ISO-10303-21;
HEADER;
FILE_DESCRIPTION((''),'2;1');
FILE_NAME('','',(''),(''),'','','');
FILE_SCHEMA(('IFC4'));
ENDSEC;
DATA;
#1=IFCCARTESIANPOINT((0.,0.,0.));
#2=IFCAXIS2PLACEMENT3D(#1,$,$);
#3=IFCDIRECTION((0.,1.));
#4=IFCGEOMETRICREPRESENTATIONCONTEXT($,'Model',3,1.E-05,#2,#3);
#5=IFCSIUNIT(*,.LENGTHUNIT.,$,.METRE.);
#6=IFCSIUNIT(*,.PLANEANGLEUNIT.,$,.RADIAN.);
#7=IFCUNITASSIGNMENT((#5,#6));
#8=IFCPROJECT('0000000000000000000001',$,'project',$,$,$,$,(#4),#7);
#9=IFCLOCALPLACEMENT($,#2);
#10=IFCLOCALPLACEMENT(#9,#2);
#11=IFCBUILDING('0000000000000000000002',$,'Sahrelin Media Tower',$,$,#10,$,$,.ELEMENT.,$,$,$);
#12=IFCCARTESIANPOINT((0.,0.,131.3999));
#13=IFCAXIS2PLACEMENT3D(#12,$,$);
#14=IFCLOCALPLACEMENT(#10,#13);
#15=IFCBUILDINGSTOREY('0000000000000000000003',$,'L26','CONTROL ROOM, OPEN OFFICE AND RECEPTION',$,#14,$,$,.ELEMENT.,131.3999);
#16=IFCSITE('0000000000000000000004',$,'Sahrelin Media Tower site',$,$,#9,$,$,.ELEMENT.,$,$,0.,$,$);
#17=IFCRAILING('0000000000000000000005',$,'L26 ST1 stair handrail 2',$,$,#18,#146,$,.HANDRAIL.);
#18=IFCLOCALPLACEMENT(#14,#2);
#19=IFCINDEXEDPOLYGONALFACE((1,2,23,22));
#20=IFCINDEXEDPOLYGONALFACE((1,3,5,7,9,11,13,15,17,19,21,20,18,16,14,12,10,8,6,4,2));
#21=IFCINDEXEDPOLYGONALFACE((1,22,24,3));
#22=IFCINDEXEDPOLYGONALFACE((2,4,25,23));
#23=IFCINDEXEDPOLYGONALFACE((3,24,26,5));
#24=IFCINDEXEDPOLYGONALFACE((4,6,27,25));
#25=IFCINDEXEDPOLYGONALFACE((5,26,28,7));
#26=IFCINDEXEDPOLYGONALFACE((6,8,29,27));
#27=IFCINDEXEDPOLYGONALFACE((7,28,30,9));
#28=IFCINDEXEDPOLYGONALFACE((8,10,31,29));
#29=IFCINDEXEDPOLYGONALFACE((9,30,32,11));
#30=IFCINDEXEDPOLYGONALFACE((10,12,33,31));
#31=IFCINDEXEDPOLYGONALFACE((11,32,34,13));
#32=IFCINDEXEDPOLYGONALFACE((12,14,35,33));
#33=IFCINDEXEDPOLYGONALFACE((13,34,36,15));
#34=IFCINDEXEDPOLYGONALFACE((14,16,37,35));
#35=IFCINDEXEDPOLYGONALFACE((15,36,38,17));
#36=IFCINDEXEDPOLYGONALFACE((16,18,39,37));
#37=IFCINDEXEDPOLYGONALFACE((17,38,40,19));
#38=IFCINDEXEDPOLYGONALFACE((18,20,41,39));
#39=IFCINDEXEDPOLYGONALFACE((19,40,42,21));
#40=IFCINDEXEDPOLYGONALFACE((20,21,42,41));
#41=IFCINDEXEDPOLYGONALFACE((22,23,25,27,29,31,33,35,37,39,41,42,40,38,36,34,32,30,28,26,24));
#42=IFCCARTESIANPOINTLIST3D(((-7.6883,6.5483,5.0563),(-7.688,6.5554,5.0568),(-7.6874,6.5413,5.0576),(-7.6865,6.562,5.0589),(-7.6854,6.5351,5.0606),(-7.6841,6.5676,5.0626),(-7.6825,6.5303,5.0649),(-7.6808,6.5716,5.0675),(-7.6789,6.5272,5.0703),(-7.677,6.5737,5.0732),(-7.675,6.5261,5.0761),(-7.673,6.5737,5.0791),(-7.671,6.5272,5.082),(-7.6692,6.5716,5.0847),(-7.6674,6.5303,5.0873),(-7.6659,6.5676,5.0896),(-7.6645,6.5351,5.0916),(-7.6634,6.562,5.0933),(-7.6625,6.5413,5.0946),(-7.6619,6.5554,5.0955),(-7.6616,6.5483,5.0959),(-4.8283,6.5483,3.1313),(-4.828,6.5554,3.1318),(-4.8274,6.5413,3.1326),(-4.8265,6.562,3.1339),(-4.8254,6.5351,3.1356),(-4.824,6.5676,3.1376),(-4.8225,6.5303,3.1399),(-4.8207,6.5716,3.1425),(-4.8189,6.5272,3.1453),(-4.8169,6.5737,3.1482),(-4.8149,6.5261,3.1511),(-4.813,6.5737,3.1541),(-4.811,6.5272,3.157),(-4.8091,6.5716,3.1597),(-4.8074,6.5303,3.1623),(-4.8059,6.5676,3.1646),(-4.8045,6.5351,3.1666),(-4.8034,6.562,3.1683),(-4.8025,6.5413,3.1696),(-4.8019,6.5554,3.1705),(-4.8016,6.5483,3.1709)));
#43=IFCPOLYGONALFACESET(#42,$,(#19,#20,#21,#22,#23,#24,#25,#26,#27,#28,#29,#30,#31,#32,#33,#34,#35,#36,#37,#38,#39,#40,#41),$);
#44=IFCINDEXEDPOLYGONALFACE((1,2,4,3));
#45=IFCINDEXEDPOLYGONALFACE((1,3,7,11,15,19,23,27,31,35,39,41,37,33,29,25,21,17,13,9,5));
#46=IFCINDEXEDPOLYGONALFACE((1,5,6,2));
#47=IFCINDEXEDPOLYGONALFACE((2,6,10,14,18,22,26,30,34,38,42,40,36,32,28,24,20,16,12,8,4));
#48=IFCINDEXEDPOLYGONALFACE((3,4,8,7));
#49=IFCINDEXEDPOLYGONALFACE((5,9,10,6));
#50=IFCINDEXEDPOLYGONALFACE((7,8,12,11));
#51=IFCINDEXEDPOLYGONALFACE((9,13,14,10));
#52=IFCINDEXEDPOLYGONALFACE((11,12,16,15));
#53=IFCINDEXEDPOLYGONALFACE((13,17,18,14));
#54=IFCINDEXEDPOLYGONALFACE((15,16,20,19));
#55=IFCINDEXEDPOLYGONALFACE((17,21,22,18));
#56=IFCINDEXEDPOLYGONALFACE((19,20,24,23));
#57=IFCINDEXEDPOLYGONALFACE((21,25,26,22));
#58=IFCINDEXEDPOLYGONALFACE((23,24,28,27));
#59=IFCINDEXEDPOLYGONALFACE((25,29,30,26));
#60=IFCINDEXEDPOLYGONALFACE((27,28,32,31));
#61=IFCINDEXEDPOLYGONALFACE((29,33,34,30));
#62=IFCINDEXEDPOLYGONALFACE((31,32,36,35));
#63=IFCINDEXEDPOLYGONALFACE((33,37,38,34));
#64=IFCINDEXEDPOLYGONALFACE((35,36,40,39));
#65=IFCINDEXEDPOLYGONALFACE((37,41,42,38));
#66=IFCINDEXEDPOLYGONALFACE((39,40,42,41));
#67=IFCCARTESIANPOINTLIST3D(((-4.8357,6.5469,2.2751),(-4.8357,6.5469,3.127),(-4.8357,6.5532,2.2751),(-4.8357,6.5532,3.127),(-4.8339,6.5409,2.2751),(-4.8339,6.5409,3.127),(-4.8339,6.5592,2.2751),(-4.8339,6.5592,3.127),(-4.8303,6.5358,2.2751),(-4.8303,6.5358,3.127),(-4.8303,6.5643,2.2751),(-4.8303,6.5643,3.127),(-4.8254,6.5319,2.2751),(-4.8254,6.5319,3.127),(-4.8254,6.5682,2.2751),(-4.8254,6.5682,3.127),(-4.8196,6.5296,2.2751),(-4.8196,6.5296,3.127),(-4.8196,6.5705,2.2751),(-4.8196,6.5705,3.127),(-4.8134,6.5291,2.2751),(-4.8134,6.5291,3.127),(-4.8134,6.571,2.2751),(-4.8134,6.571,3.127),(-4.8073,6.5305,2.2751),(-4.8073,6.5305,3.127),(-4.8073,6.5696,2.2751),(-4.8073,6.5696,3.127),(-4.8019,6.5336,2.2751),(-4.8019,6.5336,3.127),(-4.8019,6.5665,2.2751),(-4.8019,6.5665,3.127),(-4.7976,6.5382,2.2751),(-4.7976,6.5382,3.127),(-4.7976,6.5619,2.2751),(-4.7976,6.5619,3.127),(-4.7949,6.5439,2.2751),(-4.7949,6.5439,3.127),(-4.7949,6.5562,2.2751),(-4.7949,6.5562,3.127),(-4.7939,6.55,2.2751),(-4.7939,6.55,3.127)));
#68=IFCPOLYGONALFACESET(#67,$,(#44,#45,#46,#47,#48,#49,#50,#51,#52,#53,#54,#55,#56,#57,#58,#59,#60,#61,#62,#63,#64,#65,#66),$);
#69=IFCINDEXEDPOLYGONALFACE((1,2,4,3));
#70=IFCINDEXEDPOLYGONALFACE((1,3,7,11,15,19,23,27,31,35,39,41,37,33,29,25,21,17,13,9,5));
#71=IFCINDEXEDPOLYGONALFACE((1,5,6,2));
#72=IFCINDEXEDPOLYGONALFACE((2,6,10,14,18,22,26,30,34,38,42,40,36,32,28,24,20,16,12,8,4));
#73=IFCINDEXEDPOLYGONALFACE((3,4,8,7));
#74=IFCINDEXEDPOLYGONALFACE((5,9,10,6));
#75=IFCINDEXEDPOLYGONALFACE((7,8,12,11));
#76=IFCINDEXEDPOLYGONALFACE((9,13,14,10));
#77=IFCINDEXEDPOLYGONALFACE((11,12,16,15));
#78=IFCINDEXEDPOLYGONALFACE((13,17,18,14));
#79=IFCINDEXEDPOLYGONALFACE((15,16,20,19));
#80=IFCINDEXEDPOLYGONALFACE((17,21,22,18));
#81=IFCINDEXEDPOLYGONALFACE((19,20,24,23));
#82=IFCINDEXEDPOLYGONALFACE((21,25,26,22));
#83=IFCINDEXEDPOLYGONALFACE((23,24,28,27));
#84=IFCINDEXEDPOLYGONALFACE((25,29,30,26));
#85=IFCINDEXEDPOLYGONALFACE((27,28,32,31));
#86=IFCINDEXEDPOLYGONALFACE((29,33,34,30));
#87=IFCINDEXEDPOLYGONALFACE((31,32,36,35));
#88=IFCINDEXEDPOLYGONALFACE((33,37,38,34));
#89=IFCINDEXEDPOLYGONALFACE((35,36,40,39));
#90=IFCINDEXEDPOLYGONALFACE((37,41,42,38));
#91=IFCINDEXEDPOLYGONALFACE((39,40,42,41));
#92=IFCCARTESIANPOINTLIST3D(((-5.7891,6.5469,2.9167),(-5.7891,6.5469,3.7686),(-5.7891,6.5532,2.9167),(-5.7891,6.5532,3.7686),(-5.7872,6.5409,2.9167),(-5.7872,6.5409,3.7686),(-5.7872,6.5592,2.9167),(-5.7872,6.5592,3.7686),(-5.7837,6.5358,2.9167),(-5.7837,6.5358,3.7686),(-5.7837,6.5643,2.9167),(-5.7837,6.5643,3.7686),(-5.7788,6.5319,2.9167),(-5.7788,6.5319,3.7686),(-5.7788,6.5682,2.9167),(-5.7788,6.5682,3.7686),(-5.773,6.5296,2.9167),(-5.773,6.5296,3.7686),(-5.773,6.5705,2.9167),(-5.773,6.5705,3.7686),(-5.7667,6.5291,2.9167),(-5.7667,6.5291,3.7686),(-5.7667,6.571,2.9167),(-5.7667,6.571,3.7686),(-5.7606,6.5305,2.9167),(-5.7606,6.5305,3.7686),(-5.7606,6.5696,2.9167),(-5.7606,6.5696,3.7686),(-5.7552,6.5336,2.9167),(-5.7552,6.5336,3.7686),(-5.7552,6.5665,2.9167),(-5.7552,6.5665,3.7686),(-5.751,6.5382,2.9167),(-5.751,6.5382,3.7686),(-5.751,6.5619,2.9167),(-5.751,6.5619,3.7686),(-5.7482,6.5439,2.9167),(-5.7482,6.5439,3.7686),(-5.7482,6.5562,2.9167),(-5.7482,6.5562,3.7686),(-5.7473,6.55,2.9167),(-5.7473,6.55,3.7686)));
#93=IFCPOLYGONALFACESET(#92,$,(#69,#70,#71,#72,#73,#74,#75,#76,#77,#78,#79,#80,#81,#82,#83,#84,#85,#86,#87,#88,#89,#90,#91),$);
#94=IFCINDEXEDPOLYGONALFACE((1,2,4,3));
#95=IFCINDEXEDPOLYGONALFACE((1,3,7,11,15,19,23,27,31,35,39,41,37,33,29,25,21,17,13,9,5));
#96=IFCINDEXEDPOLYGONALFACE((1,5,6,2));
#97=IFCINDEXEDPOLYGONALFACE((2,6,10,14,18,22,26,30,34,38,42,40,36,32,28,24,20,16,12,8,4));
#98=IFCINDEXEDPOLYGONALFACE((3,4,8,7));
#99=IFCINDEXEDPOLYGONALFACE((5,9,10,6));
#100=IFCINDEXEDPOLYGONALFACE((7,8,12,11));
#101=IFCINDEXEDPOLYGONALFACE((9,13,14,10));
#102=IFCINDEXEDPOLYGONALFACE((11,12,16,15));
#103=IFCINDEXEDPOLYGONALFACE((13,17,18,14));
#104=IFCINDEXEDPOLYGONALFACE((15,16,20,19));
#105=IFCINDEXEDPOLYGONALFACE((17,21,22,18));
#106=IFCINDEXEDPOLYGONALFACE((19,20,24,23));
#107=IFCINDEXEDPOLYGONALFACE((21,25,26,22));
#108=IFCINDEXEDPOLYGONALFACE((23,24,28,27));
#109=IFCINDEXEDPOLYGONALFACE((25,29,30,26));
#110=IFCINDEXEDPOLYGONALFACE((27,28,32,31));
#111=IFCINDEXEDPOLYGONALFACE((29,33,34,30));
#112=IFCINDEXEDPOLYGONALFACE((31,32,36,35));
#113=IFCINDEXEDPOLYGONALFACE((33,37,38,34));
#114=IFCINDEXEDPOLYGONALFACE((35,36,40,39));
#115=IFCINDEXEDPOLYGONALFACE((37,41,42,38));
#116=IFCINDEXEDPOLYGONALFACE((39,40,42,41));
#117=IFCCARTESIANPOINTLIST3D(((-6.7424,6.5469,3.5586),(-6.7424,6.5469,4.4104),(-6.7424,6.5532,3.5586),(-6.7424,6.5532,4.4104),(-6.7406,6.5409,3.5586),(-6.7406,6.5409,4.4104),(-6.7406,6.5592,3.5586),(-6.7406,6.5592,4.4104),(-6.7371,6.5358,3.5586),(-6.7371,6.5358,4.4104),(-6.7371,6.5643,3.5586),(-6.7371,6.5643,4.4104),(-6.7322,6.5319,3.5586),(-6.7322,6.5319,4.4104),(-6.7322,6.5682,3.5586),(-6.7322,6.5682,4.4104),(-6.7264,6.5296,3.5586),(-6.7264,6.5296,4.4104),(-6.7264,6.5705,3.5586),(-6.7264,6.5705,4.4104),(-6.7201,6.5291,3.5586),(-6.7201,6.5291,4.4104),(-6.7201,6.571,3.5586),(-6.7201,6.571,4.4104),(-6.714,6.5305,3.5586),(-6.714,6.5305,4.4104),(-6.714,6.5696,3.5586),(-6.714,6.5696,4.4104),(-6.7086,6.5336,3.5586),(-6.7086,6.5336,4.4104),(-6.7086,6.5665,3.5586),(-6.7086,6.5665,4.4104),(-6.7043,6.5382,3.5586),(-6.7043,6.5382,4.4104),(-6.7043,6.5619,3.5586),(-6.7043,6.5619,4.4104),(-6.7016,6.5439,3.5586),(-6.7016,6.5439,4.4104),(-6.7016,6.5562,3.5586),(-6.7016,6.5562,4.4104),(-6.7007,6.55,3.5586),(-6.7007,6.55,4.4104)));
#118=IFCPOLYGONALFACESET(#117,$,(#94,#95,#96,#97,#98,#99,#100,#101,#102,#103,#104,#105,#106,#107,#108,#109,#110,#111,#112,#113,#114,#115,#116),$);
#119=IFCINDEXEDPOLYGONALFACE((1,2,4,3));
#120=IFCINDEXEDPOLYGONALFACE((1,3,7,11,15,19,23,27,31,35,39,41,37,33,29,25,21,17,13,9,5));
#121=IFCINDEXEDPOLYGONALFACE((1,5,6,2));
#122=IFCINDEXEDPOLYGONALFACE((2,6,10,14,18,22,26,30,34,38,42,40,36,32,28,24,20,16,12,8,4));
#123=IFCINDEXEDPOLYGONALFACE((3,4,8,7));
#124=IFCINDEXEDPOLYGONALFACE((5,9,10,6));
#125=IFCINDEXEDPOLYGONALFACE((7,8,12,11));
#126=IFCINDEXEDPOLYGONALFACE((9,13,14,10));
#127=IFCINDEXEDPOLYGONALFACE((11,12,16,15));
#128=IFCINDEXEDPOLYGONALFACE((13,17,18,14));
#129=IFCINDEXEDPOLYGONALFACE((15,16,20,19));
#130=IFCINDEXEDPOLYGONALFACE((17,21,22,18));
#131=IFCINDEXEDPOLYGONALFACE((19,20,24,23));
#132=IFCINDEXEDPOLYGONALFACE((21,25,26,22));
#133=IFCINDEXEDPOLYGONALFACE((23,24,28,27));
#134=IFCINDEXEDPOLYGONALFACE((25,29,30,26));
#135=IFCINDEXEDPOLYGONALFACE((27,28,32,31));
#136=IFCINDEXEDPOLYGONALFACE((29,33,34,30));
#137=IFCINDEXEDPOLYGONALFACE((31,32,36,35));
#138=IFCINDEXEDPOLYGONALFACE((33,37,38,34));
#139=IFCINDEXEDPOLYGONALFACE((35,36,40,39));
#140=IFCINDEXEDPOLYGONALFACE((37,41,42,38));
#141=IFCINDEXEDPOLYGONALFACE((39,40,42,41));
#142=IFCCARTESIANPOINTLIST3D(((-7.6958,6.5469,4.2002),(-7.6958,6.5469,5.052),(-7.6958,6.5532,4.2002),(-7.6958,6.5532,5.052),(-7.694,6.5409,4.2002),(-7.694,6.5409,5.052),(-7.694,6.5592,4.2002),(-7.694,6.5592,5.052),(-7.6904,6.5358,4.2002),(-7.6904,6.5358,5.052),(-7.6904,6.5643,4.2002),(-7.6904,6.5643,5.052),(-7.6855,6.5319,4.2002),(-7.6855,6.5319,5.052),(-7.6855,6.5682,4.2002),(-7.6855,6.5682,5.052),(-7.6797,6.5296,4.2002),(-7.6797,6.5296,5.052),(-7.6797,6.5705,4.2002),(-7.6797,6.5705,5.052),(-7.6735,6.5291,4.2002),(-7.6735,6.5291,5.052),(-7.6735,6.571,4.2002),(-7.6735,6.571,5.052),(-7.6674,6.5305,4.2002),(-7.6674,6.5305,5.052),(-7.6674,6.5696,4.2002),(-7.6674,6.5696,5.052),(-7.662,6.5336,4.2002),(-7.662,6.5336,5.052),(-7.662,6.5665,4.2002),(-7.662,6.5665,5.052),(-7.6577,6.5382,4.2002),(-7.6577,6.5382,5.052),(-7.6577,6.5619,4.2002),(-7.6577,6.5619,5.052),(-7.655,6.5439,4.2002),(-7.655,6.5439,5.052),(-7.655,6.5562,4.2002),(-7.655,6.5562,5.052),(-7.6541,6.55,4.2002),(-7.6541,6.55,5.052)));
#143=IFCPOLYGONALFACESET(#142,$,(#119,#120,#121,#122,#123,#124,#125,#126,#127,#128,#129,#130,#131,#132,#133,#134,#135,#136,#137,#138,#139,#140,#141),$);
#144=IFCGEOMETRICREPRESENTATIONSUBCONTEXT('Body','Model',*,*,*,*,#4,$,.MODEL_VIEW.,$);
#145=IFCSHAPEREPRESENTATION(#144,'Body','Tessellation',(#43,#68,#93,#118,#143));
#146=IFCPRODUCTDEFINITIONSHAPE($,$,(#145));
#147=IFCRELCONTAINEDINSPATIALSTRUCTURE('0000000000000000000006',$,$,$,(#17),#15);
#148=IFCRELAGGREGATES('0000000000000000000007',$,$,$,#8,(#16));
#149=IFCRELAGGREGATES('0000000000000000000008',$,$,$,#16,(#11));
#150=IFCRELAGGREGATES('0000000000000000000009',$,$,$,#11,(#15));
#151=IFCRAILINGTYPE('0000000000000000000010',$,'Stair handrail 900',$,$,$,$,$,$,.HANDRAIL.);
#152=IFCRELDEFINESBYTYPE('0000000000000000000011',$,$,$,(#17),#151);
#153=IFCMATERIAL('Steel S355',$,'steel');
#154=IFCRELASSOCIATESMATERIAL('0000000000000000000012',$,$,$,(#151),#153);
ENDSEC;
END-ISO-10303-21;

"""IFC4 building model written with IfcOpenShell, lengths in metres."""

from ifc_helpers import new_model, si_unit, direction, frame, origin, origin_2d, place, context, subcontext, project, spatial, circle, extrude, material, type_object, element, save


model = new_model("IFC4")

# Units and contexts
model_context = context("Model", 3, precision=1e-05, world=origin(), true_north=direction((0.0, 1.0)))
body_context = subcontext(model_context, "Body", "Model", "MODEL_VIEW")
ifc_project = project(units=[si_unit("LENGTHUNIT", "METRE"), si_unit("PLANEANGLEUNIT", "RADIAN")], contexts=[model_context])

# Site, building, storey
site_placement = place(None, origin())
site = spatial("IfcSite", under=ifc_project, at=site_placement, Name="Sahrelin Media Tower site", CompositionType="ELEMENT", RefElevation=0.0)
building_placement = place(site_placement, origin())
building = spatial("IfcBuilding", under=site, at=building_placement, Name="Sahrelin Media Tower", CompositionType="ELEMENT")
storey_placement = place(building_placement, frame((0.0, 0.0, 131.3999)))
storey = spatial("IfcBuildingStorey", under=building, at=storey_placement, Name="L26", Description="CONTROL ROOM, OPEN OFFICE AND RECEPTION", CompositionType="ELEMENT", Elevation=131.3999)

# Shared definitions
ifc_material_1 = material(Name="Steel S355", Category="steel")

# Railing
railing_type_1 = type_object("IfcRailingType", Name="Stair handrail 900", PredefinedType="HANDRAIL", material=ifc_material_1)
railing_1_placement = place(storey_placement, frame((-4.8149, 6.55, 2.2751)))
element("IfcRailing", 1, at=railing_1_placement, inside=storey, type_object=railing_type_1, Name="L26 ST1 stair handrail 2", PredefinedType="HANDRAIL", context=body_context, shape_type="SweptSolid", body=[
    extrude(circle(Radius=0.0239, at=origin_2d()), frame((0.0, 0.0, 0.876), z_axis=(-0.829591, 0.0, 0.558372), x_axis=(0.0, -1.0, 0.0)), (0.0, 0.0, 1.0), 3.4475),
    extrude(circle(Radius=0.021, at=origin_2d()), origin(), (0.0, 0.0, 1.0), 0.8518),
    extrude(circle(Radius=0.021, at=origin_2d()), frame((-0.9534, 0.0, 0.6416)), (0.0, 0.0, 1.0), 0.8518),
    extrude(circle(Radius=0.021, at=origin_2d()), frame((-1.9067, 0.0, 1.2834)), (0.0, 0.0, 1.0), 0.8518),
    extrude(circle(Radius=0.021, at=origin_2d()), frame((-2.8601, 0.0, 1.925)), (0.0, 0.0, 1.0), 0.8518),
])

save(model, "model.ifc")
